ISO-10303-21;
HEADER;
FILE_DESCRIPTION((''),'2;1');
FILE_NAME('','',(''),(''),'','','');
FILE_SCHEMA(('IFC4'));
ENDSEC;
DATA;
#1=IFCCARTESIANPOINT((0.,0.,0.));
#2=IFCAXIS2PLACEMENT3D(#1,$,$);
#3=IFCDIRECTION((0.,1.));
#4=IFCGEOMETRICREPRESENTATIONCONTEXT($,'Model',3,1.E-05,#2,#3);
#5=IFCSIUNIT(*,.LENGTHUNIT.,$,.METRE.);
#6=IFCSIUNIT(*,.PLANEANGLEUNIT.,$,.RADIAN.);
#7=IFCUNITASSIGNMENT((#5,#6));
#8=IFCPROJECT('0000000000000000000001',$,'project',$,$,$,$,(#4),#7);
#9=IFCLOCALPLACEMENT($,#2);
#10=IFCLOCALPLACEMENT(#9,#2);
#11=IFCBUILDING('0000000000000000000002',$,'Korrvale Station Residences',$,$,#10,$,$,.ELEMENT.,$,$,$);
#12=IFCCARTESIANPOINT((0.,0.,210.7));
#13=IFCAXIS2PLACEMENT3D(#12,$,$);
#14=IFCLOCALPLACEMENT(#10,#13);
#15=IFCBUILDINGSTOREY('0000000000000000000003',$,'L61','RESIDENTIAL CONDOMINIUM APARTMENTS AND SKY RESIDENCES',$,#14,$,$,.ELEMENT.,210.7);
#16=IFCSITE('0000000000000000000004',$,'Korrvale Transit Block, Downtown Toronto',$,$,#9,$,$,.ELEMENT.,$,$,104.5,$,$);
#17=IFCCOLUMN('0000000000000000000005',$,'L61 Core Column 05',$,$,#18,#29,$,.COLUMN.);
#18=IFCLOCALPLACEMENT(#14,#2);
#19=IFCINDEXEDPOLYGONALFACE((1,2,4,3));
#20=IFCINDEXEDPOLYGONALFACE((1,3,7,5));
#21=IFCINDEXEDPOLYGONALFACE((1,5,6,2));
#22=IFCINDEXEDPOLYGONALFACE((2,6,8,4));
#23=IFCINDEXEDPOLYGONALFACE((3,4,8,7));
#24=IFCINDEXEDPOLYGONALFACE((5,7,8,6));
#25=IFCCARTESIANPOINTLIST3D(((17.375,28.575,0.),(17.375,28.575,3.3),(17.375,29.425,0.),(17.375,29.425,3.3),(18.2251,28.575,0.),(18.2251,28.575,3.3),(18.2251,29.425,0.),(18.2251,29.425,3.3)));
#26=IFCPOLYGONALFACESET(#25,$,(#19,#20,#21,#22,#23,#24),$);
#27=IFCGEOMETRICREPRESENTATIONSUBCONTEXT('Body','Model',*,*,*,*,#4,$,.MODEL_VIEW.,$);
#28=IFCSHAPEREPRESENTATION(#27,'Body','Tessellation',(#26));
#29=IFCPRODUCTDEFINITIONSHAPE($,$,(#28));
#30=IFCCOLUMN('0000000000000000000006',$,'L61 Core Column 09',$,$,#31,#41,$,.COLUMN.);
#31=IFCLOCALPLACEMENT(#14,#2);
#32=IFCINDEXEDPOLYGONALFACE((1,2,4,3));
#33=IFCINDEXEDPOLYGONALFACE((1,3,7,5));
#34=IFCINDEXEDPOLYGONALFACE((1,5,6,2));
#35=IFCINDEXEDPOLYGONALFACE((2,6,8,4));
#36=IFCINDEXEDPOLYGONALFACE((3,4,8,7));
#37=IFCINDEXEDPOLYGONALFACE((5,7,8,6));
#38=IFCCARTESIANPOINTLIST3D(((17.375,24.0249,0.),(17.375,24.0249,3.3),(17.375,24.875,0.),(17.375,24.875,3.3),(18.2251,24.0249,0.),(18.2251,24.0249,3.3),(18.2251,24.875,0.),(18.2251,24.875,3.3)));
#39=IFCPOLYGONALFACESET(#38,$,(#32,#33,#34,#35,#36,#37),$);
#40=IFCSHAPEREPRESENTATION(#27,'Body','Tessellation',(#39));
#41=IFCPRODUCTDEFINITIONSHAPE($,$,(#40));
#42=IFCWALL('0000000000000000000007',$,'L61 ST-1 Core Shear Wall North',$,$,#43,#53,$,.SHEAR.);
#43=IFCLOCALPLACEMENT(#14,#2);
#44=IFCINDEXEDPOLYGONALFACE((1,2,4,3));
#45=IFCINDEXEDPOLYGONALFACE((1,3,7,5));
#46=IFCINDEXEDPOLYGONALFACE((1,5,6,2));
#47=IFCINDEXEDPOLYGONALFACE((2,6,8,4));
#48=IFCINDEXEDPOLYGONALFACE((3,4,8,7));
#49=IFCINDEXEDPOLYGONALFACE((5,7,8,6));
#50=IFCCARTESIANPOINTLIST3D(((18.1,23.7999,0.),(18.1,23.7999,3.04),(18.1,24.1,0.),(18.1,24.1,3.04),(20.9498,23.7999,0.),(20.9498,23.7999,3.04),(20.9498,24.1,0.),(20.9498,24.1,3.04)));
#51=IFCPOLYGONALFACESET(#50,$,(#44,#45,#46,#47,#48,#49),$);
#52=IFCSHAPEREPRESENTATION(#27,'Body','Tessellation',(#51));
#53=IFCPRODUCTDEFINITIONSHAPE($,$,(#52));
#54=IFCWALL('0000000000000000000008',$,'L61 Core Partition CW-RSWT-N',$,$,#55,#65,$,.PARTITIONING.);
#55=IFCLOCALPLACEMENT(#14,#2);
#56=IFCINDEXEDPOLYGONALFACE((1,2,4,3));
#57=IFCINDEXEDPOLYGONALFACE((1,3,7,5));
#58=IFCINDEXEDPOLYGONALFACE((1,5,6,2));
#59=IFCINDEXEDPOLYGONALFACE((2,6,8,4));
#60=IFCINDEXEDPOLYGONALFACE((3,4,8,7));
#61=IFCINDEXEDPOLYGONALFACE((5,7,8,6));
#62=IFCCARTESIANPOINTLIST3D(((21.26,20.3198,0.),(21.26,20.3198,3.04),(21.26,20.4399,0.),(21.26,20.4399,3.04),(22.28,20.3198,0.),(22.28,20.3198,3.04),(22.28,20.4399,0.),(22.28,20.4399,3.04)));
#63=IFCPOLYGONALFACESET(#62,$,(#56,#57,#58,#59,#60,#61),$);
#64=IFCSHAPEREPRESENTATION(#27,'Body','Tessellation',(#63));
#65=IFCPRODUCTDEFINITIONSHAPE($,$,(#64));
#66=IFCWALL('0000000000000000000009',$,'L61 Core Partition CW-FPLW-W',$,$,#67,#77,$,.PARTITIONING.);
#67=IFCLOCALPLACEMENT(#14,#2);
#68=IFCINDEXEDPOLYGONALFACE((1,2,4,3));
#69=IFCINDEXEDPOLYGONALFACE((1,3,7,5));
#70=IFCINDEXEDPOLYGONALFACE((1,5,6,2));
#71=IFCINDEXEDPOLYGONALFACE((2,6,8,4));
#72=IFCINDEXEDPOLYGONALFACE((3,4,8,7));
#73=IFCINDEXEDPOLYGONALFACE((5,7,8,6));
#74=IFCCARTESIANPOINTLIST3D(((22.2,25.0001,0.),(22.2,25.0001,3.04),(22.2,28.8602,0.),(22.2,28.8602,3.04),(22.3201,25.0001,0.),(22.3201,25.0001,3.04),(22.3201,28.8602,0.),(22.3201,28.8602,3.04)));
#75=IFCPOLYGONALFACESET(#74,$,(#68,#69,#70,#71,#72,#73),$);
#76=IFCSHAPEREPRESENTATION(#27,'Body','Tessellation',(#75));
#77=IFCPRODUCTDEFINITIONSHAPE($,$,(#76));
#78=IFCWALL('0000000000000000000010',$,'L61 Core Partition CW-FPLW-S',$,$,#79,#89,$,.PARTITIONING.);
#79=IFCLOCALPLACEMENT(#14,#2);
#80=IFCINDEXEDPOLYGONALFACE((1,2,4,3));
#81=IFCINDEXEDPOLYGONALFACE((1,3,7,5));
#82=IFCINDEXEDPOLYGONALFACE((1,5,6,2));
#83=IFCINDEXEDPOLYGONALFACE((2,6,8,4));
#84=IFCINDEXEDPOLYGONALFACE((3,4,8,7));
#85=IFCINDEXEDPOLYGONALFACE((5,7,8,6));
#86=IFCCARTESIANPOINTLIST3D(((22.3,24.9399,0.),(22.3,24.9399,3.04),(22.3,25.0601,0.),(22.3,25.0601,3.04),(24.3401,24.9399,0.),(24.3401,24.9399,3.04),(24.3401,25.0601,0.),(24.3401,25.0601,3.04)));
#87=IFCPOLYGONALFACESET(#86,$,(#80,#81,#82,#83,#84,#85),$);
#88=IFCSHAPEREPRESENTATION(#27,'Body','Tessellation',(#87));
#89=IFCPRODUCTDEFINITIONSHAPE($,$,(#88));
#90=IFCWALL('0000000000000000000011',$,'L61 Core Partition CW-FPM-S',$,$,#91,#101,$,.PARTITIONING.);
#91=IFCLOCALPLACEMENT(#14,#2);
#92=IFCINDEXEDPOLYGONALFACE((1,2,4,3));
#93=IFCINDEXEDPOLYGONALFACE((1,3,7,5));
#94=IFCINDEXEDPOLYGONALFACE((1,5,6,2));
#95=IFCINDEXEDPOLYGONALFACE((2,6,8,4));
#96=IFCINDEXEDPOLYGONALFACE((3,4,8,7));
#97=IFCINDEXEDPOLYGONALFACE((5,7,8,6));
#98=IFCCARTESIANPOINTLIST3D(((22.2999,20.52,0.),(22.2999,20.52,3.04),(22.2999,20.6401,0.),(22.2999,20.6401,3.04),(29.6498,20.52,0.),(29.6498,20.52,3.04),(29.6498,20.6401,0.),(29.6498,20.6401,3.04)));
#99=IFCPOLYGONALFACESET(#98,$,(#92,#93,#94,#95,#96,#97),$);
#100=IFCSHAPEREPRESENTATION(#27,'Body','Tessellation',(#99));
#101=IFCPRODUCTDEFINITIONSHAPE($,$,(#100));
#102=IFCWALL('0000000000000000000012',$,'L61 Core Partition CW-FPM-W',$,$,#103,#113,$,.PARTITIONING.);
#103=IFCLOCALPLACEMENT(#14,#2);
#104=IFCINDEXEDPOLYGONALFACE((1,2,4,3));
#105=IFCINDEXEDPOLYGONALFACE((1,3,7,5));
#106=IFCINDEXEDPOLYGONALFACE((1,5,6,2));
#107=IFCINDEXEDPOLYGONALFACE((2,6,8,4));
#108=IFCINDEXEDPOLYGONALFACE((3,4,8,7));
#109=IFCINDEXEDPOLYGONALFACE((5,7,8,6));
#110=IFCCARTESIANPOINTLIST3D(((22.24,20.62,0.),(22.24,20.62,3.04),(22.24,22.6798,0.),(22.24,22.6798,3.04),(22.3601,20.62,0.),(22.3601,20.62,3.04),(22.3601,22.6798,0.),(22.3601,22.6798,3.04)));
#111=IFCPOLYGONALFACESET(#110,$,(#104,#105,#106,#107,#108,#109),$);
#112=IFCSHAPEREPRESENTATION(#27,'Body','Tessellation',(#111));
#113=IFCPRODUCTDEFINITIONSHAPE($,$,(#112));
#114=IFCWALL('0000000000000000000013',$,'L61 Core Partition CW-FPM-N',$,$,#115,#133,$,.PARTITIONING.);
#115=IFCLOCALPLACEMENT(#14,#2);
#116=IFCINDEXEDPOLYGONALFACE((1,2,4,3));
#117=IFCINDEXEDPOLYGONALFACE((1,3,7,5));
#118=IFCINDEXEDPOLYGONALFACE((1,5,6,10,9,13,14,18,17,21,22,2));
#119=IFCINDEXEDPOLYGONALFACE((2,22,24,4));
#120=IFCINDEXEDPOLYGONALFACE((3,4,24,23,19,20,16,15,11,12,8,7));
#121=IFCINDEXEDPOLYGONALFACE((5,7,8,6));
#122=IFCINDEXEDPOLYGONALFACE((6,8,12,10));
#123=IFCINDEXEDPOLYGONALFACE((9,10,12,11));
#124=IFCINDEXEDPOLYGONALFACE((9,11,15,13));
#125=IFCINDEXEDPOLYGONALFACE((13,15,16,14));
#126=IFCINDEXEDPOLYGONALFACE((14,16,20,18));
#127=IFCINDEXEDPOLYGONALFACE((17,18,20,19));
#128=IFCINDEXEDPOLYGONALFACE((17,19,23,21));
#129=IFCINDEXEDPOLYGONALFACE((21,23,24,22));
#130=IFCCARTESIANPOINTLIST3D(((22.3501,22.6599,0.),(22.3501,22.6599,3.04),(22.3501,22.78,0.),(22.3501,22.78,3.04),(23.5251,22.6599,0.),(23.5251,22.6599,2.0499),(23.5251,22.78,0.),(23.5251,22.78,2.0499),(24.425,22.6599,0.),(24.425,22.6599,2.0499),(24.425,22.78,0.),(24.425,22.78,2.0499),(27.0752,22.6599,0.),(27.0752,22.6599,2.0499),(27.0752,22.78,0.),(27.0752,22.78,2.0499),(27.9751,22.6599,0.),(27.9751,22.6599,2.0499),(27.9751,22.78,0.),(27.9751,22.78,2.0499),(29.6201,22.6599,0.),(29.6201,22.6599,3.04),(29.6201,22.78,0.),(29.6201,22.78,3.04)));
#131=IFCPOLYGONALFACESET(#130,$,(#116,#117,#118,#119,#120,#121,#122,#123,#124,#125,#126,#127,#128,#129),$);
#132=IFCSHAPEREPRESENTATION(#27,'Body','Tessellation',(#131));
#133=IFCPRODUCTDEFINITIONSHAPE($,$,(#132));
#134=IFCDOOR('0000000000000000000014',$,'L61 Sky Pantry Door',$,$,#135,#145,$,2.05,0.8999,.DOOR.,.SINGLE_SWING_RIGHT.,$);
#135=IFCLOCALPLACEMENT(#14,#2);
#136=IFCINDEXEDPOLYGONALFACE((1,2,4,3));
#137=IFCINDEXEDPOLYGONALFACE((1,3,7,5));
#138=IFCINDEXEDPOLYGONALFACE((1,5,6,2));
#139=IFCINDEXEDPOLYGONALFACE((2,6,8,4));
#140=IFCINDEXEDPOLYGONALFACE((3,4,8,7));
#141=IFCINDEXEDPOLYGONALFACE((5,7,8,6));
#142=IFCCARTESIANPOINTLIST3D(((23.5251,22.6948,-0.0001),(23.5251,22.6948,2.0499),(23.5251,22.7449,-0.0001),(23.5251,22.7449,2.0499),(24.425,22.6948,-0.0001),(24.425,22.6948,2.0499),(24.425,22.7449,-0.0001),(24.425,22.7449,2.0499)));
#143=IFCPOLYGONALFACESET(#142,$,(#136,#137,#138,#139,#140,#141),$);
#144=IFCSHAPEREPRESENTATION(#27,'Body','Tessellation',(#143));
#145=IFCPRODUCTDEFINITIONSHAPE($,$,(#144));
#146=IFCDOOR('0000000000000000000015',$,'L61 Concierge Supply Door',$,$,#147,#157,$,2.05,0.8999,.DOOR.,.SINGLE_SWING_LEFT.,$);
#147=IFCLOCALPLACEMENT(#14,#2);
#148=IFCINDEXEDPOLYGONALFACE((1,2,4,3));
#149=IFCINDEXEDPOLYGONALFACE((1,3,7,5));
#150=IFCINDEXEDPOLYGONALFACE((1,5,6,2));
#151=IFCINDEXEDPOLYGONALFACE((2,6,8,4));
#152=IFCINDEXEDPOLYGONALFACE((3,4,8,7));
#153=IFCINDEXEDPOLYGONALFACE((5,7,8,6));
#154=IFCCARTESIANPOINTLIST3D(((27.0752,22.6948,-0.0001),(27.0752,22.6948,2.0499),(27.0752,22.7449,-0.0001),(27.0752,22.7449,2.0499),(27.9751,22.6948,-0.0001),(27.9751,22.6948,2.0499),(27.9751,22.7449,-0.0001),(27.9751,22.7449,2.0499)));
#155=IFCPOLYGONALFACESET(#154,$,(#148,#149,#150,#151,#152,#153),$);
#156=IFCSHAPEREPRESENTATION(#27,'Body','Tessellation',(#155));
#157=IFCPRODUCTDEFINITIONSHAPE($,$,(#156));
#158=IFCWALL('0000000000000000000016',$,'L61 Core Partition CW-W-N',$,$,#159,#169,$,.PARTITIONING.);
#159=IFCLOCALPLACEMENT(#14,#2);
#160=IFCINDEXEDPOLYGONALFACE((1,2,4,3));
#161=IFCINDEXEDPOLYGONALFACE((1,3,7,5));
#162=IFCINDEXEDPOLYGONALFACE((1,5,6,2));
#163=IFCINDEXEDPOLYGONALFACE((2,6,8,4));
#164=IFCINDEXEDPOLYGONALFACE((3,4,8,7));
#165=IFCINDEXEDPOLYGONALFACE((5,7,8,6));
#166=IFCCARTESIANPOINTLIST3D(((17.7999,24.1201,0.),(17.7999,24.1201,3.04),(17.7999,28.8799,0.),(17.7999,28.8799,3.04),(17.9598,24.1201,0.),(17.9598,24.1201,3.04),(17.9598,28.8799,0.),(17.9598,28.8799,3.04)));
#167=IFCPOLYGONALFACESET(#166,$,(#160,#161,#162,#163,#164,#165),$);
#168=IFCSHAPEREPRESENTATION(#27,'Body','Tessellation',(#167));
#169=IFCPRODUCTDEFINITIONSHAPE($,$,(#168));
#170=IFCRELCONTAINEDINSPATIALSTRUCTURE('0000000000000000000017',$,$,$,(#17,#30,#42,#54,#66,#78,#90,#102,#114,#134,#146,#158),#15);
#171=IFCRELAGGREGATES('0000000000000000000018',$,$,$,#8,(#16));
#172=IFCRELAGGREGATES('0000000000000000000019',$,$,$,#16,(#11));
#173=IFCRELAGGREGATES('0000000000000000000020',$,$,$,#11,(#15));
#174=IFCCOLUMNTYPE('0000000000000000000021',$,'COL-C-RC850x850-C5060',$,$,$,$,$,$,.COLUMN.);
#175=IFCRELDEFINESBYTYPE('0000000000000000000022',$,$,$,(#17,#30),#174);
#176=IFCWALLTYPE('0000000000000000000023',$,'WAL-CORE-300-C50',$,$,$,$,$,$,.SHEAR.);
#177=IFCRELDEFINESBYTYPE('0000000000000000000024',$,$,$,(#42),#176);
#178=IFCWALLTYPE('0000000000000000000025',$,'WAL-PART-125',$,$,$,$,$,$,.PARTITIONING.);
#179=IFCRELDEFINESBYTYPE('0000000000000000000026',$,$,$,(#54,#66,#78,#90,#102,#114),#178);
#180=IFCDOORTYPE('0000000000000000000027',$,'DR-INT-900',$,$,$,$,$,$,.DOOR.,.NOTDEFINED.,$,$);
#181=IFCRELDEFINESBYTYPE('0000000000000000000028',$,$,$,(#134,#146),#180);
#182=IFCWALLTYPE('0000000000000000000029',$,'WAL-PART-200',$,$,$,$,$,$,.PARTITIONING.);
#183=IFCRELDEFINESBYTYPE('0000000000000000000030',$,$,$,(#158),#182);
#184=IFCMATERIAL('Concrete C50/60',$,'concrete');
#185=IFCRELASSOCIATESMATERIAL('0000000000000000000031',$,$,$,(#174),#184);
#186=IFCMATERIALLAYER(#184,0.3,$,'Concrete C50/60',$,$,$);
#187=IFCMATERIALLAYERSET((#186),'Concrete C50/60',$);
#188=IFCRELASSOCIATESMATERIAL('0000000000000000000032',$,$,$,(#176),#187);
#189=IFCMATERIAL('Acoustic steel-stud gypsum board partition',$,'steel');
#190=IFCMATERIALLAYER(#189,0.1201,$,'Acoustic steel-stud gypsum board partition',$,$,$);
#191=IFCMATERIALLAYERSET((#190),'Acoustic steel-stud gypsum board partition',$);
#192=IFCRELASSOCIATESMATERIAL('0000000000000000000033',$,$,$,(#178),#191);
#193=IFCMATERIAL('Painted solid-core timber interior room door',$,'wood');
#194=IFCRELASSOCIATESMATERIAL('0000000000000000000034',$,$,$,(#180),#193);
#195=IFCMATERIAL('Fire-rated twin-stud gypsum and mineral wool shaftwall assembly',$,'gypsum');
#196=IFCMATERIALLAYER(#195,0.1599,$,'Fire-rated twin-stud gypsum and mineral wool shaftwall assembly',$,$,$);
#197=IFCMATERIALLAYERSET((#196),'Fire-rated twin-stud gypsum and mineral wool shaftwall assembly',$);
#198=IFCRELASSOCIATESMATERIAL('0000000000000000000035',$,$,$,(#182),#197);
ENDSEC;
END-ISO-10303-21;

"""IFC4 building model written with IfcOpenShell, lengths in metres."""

from ifc_helpers import new_model, si_unit, direction, frame, frame_2d, origin, origin_2d, place, context, subcontext, project, spatial, rectangle, extrude, material, layer, layer_set, material_profile, profile_set, type_object, element, fill, save


model = new_model("IFC4")

# Units and contexts
model_context = context("Model", 3, precision=1e-05, world=origin(), true_north=direction((0.0, 1.0)))
body_context = subcontext(model_context, "Body", "Model", "MODEL_VIEW")
ifc_project = project(units=[si_unit("LENGTHUNIT", "METRE"), si_unit("PLANEANGLEUNIT", "RADIAN")], contexts=[model_context])

# Site, building, storey
site_placement = place(None, origin())
site = spatial("IfcSite", under=ifc_project, at=site_placement, Name="Korrvale Transit Block, Downtown Toronto", CompositionType="ELEMENT", RefElevation=104.5)
building_placement = place(site_placement, origin())
building = spatial("IfcBuilding", under=site, at=building_placement, Name="Korrvale Station Residences", CompositionType="ELEMENT")
storey_placement = place(building_placement, frame((0.0, 0.0, 210.7)))
storey = spatial("IfcBuildingStorey", under=building, at=storey_placement, Name="L61", Description="RESIDENTIAL CONDOMINIUM APARTMENTS AND SKY RESIDENCES", CompositionType="ELEMENT", Elevation=210.7)

# Columns
ifc_material_1 = material(Name="Concrete C50/60", Category="concrete")
ifc_material_profile = material_profile(ifc_material_1, rectangle(XDim=0.8501, YDim=0.8501, at=origin_2d()), Name="RC850x850")
ifc_profile_set = profile_set([ifc_material_profile], Name="Concrete C50/60")
column_type = type_object("IfcColumnType", Name="COL-C-RC850x850-C5060", PredefinedType="COLUMN", material=ifc_profile_set)
for number, where, z_axis, x_axis, name in (
    (1, (17.8, 29.0, 0.0), (0.0, 0.0, 1.0), (1.0, 0.0, 0.0), "L61 Core Column 05"),
    (2, (17.8, 24.45, 0.0), (0.0, 0.0, 1.0), (1.0, 0.0, 0.0), "L61 Core Column 09"),
):
    element("IfcColumn", number, at=place(storey_placement, frame(where, z_axis=z_axis, x_axis=x_axis)), inside=storey, type_object=column_type, Name=name, PredefinedType="COLUMN", context=body_context, shape_type="SweptSolid", body=[
        extrude(rectangle(XDim=0.8501, YDim=0.8501, at=origin_2d()), origin(), (0.0, 0.0, 1.0), 3.3),
    ])

# Walls
ifc_layer_1 = layer(ifc_material_1, 0.3, Name="Concrete C50/60")
ifc_layer_set_1 = layer_set([ifc_layer_1], Name="Concrete C50/60")
wall_type_1 = type_object("IfcWallType", Name="WAL-CORE-300-C50", PredefinedType="SHEAR", material=ifc_layer_set_1)
wall_1_placement = place(storey_placement, frame((18.1001, 23.95, 0.0), z_axis=(0.0, 0.0, 1.0), x_axis=(1.0, 0.0, 0.0)))
element("IfcWall", 3, at=wall_1_placement, inside=storey, type_object=wall_type_1, Name="L61 ST-1 Core Shear Wall North", PredefinedType="SHEAR", context=body_context, shape_type="SweptSolid", body=[
    extrude(rectangle(XDim=2.8499, YDim=0.3, at=frame_2d((1.4248, 0.0))), origin(), (0.0, 0.0, 1.0), 3.04),
])
ifc_material_2 = material(Name="Acoustic steel-stud gypsum board partition", Category="steel")
ifc_layer_2 = layer(ifc_material_2, 0.1201, Name="Acoustic steel-stud gypsum board partition")
ifc_layer_set_2 = layer_set([ifc_layer_2], Name="Acoustic steel-stud gypsum board partition")
wall_type_2 = type_object("IfcWallType", Name="WAL-PART-125", PredefinedType="PARTITIONING", material=ifc_layer_set_2)
wall_2_placement = place(storey_placement, frame((22.28, 20.3799, 0.0), z_axis=(0.0, 0.0, 1.0), x_axis=(-1.0, 0.0, 0.0)))
element("IfcWall", 4, at=wall_2_placement, inside=storey, type_object=wall_type_2, Name="L61 Core Partition CW-RSWT-N", PredefinedType="PARTITIONING", context=body_context, shape_type="SweptSolid", body=[
    extrude(rectangle(XDim=1.02, YDim=0.1201, at=frame_2d((0.51, 0.0))), origin(), (0.0, 0.0, 1.0), 3.04),
])
wall_3_placement = place(storey_placement, frame((22.26, 25.0, 0.0), z_axis=(0.0, 0.0, 1.0), x_axis=(0.0, 1.0, 0.0)))
element("IfcWall", 5, at=wall_3_placement, inside=storey, type_object=wall_type_2, Name="L61 Core Partition CW-FPLW-W", PredefinedType="PARTITIONING", context=body_context, shape_type="SweptSolid", body=[
    extrude(rectangle(XDim=3.8601, YDim=0.1201, at=frame_2d((1.9302, 0.0))), origin(), (0.0, 0.0, 1.0), 3.04),
])
wall_4_placement = place(storey_placement, frame((22.3, 25.0, 0.0), z_axis=(0.0, 0.0, 1.0), x_axis=(1.0, 0.0, 0.0)))
element("IfcWall", 6, at=wall_4_placement, inside=storey, type_object=wall_type_2, Name="L61 Core Partition CW-FPLW-S", PredefinedType="PARTITIONING", context=body_context, shape_type="SweptSolid", body=[
    extrude(rectangle(XDim=2.04, YDim=0.1201, at=frame_2d((1.02, 0.0))), origin(), (0.0, 0.0, 1.0), 3.04),
])
wall_5_placement = place(storey_placement, frame((22.3, 20.5801, 0.0), z_axis=(0.0, 0.0, 1.0), x_axis=(1.0, 0.0, 0.0)))
element("IfcWall", 7, at=wall_5_placement, inside=storey, type_object=wall_type_2, Name="L61 Core Partition CW-FPM-S", PredefinedType="PARTITIONING", context=body_context, shape_type="SweptSolid", body=[
    extrude(rectangle(XDim=7.3499, YDim=0.1201, at=frame_2d((3.6748, 0.0))), origin(), (0.0, 0.0, 1.0), 3.04),
])
wall_6_placement = place(storey_placement, frame((22.3, 20.6201, 0.0), z_axis=(0.0, 0.0, 1.0), x_axis=(0.0, 1.0, 0.0)))
element("IfcWall", 8, at=wall_6_placement, inside=storey, type_object=wall_type_2, Name="L61 Core Partition CW-FPM-W", PredefinedType="PARTITIONING", context=body_context, shape_type="SweptSolid", body=[
    extrude(rectangle(XDim=2.0598, YDim=0.1201, at=frame_2d((1.0298, 0.0))), origin(), (0.0, 0.0, 1.0), 3.04),
])

# Wall, openings, doors
wall_7_placement = place(storey_placement, frame((22.3501, 22.72, 0.0), z_axis=(0.0, 0.0, 1.0), x_axis=(1.0, 0.0, 0.0)))
wall_7 = element("IfcWall", 9, at=wall_7_placement, inside=storey, type_object=wall_type_2, Name="L61 Core Partition CW-FPM-N", PredefinedType="PARTITIONING", context=body_context, shape_type="SweptSolid", body=[
    extrude(rectangle(XDim=7.27, YDim=0.1201, at=frame_2d((3.635, 0.0))), origin(), (0.0, 0.0, 1.0), 3.04),
])
opening_1_placement = place(wall_7_placement, frame((1.175, 0.0, 0.0)))
opening_1 = element("IfcOpeningElement", 10, at=opening_1_placement, cuts=wall_7, PredefinedType="OPENING", context=body_context, shape_type="SweptSolid", body=[
    extrude(rectangle(XDim=0.8999, YDim=2.05, at=frame_2d((0.45, 1.0249))), frame((0.0, 0.0701, 0.0), z_axis=(0.0, -1.0, 0.0), x_axis=(1.0, 0.0, 0.0)), (0.0, 0.0, 1.0), 0.1401),
])
opening_2_placement = place(wall_7_placement, frame((4.7251, 0.0, 0.0)))
opening_2 = element("IfcOpeningElement", 11, at=opening_2_placement, cuts=wall_7, PredefinedType="OPENING", context=body_context, shape_type="SweptSolid", body=[
    extrude(rectangle(XDim=0.8999, YDim=2.05, at=frame_2d((0.45, 1.0249))), frame((0.0, 0.0701, 0.0), z_axis=(0.0, -1.0, 0.0), x_axis=(1.0, 0.0, 0.0)), (0.0, 0.0, 1.0), 0.1401),
])
ifc_material_3 = material(Name="Painted solid-core timber interior room door", Category="wood")
door_type_1 = type_object("IfcDoorType", Name="DR-INT-900", OperationType="NOTDEFINED", PredefinedType="DOOR", material=ifc_material_3)
door_1_placement = place(opening_1_placement, origin())
door_1 = element("IfcDoor", 12, at=door_1_placement, inside=storey, type_object=door_type_1, Name="L61 Sky Pantry Door", OperationType="SINGLE_SWING_RIGHT", OverallHeight=2.05, OverallWidth=0.8999, PredefinedType="DOOR", context=body_context, shape_type="SweptSolid", body=[
    extrude(rectangle(XDim=0.8999, YDim=2.05, at=frame_2d((0.45, 1.0249))), frame((0.0, 0.0249, 0.0), z_axis=(0.0, -1.0, 0.0), x_axis=(1.0, 0.0, 0.0)), (0.0, 0.0, 1.0), 0.05),
])
fill(opening_1, door_1)
door_2_placement = place(opening_2_placement, origin())
door_2 = element("IfcDoor", 13, at=door_2_placement, inside=storey, type_object=door_type_1, Name="L61 Concierge Supply Door", OperationType="SINGLE_SWING_LEFT", OverallHeight=2.05, OverallWidth=0.8999, PredefinedType="DOOR", context=body_context, shape_type="SweptSolid", body=[
    extrude(rectangle(XDim=0.8999, YDim=2.05, at=frame_2d((0.45, 1.0249))), frame((0.0, 0.0249, 0.0), z_axis=(0.0, -1.0, 0.0), x_axis=(1.0, 0.0, 0.0)), (0.0, 0.0, 1.0), 0.05),
])
fill(opening_2, door_2)

# Wall
ifc_material_4 = material(Name="Fire-rated twin-stud gypsum and mineral wool shaftwall assembly", Category="gypsum")
ifc_layer_3 = layer(ifc_material_4, 0.1599, Name="Fire-rated twin-stud gypsum and mineral wool shaftwall assembly")
ifc_layer_set_3 = layer_set([ifc_layer_3], Name="Fire-rated twin-stud gypsum and mineral wool shaftwall assembly")
wall_type_3 = type_object("IfcWallType", Name="WAL-PART-200", PredefinedType="PARTITIONING", material=ifc_layer_set_3)
wall_8_placement = place(storey_placement, frame((17.8799, 24.1201, 0.0), z_axis=(0.0, 0.0, 1.0), x_axis=(0.0, 1.0, 0.0)))
element("IfcWall", 14, at=wall_8_placement, inside=storey, type_object=wall_type_3, Name="L61 Core Partition CW-W-N", PredefinedType="PARTITIONING", context=body_context, shape_type="SweptSolid", body=[
    extrude(rectangle(XDim=4.7598, YDim=0.1599, at=frame_2d((2.3799, 0.0))), origin(), (0.0, 0.0, 1.0), 3.04),
])

save(model, "model.ifc")
